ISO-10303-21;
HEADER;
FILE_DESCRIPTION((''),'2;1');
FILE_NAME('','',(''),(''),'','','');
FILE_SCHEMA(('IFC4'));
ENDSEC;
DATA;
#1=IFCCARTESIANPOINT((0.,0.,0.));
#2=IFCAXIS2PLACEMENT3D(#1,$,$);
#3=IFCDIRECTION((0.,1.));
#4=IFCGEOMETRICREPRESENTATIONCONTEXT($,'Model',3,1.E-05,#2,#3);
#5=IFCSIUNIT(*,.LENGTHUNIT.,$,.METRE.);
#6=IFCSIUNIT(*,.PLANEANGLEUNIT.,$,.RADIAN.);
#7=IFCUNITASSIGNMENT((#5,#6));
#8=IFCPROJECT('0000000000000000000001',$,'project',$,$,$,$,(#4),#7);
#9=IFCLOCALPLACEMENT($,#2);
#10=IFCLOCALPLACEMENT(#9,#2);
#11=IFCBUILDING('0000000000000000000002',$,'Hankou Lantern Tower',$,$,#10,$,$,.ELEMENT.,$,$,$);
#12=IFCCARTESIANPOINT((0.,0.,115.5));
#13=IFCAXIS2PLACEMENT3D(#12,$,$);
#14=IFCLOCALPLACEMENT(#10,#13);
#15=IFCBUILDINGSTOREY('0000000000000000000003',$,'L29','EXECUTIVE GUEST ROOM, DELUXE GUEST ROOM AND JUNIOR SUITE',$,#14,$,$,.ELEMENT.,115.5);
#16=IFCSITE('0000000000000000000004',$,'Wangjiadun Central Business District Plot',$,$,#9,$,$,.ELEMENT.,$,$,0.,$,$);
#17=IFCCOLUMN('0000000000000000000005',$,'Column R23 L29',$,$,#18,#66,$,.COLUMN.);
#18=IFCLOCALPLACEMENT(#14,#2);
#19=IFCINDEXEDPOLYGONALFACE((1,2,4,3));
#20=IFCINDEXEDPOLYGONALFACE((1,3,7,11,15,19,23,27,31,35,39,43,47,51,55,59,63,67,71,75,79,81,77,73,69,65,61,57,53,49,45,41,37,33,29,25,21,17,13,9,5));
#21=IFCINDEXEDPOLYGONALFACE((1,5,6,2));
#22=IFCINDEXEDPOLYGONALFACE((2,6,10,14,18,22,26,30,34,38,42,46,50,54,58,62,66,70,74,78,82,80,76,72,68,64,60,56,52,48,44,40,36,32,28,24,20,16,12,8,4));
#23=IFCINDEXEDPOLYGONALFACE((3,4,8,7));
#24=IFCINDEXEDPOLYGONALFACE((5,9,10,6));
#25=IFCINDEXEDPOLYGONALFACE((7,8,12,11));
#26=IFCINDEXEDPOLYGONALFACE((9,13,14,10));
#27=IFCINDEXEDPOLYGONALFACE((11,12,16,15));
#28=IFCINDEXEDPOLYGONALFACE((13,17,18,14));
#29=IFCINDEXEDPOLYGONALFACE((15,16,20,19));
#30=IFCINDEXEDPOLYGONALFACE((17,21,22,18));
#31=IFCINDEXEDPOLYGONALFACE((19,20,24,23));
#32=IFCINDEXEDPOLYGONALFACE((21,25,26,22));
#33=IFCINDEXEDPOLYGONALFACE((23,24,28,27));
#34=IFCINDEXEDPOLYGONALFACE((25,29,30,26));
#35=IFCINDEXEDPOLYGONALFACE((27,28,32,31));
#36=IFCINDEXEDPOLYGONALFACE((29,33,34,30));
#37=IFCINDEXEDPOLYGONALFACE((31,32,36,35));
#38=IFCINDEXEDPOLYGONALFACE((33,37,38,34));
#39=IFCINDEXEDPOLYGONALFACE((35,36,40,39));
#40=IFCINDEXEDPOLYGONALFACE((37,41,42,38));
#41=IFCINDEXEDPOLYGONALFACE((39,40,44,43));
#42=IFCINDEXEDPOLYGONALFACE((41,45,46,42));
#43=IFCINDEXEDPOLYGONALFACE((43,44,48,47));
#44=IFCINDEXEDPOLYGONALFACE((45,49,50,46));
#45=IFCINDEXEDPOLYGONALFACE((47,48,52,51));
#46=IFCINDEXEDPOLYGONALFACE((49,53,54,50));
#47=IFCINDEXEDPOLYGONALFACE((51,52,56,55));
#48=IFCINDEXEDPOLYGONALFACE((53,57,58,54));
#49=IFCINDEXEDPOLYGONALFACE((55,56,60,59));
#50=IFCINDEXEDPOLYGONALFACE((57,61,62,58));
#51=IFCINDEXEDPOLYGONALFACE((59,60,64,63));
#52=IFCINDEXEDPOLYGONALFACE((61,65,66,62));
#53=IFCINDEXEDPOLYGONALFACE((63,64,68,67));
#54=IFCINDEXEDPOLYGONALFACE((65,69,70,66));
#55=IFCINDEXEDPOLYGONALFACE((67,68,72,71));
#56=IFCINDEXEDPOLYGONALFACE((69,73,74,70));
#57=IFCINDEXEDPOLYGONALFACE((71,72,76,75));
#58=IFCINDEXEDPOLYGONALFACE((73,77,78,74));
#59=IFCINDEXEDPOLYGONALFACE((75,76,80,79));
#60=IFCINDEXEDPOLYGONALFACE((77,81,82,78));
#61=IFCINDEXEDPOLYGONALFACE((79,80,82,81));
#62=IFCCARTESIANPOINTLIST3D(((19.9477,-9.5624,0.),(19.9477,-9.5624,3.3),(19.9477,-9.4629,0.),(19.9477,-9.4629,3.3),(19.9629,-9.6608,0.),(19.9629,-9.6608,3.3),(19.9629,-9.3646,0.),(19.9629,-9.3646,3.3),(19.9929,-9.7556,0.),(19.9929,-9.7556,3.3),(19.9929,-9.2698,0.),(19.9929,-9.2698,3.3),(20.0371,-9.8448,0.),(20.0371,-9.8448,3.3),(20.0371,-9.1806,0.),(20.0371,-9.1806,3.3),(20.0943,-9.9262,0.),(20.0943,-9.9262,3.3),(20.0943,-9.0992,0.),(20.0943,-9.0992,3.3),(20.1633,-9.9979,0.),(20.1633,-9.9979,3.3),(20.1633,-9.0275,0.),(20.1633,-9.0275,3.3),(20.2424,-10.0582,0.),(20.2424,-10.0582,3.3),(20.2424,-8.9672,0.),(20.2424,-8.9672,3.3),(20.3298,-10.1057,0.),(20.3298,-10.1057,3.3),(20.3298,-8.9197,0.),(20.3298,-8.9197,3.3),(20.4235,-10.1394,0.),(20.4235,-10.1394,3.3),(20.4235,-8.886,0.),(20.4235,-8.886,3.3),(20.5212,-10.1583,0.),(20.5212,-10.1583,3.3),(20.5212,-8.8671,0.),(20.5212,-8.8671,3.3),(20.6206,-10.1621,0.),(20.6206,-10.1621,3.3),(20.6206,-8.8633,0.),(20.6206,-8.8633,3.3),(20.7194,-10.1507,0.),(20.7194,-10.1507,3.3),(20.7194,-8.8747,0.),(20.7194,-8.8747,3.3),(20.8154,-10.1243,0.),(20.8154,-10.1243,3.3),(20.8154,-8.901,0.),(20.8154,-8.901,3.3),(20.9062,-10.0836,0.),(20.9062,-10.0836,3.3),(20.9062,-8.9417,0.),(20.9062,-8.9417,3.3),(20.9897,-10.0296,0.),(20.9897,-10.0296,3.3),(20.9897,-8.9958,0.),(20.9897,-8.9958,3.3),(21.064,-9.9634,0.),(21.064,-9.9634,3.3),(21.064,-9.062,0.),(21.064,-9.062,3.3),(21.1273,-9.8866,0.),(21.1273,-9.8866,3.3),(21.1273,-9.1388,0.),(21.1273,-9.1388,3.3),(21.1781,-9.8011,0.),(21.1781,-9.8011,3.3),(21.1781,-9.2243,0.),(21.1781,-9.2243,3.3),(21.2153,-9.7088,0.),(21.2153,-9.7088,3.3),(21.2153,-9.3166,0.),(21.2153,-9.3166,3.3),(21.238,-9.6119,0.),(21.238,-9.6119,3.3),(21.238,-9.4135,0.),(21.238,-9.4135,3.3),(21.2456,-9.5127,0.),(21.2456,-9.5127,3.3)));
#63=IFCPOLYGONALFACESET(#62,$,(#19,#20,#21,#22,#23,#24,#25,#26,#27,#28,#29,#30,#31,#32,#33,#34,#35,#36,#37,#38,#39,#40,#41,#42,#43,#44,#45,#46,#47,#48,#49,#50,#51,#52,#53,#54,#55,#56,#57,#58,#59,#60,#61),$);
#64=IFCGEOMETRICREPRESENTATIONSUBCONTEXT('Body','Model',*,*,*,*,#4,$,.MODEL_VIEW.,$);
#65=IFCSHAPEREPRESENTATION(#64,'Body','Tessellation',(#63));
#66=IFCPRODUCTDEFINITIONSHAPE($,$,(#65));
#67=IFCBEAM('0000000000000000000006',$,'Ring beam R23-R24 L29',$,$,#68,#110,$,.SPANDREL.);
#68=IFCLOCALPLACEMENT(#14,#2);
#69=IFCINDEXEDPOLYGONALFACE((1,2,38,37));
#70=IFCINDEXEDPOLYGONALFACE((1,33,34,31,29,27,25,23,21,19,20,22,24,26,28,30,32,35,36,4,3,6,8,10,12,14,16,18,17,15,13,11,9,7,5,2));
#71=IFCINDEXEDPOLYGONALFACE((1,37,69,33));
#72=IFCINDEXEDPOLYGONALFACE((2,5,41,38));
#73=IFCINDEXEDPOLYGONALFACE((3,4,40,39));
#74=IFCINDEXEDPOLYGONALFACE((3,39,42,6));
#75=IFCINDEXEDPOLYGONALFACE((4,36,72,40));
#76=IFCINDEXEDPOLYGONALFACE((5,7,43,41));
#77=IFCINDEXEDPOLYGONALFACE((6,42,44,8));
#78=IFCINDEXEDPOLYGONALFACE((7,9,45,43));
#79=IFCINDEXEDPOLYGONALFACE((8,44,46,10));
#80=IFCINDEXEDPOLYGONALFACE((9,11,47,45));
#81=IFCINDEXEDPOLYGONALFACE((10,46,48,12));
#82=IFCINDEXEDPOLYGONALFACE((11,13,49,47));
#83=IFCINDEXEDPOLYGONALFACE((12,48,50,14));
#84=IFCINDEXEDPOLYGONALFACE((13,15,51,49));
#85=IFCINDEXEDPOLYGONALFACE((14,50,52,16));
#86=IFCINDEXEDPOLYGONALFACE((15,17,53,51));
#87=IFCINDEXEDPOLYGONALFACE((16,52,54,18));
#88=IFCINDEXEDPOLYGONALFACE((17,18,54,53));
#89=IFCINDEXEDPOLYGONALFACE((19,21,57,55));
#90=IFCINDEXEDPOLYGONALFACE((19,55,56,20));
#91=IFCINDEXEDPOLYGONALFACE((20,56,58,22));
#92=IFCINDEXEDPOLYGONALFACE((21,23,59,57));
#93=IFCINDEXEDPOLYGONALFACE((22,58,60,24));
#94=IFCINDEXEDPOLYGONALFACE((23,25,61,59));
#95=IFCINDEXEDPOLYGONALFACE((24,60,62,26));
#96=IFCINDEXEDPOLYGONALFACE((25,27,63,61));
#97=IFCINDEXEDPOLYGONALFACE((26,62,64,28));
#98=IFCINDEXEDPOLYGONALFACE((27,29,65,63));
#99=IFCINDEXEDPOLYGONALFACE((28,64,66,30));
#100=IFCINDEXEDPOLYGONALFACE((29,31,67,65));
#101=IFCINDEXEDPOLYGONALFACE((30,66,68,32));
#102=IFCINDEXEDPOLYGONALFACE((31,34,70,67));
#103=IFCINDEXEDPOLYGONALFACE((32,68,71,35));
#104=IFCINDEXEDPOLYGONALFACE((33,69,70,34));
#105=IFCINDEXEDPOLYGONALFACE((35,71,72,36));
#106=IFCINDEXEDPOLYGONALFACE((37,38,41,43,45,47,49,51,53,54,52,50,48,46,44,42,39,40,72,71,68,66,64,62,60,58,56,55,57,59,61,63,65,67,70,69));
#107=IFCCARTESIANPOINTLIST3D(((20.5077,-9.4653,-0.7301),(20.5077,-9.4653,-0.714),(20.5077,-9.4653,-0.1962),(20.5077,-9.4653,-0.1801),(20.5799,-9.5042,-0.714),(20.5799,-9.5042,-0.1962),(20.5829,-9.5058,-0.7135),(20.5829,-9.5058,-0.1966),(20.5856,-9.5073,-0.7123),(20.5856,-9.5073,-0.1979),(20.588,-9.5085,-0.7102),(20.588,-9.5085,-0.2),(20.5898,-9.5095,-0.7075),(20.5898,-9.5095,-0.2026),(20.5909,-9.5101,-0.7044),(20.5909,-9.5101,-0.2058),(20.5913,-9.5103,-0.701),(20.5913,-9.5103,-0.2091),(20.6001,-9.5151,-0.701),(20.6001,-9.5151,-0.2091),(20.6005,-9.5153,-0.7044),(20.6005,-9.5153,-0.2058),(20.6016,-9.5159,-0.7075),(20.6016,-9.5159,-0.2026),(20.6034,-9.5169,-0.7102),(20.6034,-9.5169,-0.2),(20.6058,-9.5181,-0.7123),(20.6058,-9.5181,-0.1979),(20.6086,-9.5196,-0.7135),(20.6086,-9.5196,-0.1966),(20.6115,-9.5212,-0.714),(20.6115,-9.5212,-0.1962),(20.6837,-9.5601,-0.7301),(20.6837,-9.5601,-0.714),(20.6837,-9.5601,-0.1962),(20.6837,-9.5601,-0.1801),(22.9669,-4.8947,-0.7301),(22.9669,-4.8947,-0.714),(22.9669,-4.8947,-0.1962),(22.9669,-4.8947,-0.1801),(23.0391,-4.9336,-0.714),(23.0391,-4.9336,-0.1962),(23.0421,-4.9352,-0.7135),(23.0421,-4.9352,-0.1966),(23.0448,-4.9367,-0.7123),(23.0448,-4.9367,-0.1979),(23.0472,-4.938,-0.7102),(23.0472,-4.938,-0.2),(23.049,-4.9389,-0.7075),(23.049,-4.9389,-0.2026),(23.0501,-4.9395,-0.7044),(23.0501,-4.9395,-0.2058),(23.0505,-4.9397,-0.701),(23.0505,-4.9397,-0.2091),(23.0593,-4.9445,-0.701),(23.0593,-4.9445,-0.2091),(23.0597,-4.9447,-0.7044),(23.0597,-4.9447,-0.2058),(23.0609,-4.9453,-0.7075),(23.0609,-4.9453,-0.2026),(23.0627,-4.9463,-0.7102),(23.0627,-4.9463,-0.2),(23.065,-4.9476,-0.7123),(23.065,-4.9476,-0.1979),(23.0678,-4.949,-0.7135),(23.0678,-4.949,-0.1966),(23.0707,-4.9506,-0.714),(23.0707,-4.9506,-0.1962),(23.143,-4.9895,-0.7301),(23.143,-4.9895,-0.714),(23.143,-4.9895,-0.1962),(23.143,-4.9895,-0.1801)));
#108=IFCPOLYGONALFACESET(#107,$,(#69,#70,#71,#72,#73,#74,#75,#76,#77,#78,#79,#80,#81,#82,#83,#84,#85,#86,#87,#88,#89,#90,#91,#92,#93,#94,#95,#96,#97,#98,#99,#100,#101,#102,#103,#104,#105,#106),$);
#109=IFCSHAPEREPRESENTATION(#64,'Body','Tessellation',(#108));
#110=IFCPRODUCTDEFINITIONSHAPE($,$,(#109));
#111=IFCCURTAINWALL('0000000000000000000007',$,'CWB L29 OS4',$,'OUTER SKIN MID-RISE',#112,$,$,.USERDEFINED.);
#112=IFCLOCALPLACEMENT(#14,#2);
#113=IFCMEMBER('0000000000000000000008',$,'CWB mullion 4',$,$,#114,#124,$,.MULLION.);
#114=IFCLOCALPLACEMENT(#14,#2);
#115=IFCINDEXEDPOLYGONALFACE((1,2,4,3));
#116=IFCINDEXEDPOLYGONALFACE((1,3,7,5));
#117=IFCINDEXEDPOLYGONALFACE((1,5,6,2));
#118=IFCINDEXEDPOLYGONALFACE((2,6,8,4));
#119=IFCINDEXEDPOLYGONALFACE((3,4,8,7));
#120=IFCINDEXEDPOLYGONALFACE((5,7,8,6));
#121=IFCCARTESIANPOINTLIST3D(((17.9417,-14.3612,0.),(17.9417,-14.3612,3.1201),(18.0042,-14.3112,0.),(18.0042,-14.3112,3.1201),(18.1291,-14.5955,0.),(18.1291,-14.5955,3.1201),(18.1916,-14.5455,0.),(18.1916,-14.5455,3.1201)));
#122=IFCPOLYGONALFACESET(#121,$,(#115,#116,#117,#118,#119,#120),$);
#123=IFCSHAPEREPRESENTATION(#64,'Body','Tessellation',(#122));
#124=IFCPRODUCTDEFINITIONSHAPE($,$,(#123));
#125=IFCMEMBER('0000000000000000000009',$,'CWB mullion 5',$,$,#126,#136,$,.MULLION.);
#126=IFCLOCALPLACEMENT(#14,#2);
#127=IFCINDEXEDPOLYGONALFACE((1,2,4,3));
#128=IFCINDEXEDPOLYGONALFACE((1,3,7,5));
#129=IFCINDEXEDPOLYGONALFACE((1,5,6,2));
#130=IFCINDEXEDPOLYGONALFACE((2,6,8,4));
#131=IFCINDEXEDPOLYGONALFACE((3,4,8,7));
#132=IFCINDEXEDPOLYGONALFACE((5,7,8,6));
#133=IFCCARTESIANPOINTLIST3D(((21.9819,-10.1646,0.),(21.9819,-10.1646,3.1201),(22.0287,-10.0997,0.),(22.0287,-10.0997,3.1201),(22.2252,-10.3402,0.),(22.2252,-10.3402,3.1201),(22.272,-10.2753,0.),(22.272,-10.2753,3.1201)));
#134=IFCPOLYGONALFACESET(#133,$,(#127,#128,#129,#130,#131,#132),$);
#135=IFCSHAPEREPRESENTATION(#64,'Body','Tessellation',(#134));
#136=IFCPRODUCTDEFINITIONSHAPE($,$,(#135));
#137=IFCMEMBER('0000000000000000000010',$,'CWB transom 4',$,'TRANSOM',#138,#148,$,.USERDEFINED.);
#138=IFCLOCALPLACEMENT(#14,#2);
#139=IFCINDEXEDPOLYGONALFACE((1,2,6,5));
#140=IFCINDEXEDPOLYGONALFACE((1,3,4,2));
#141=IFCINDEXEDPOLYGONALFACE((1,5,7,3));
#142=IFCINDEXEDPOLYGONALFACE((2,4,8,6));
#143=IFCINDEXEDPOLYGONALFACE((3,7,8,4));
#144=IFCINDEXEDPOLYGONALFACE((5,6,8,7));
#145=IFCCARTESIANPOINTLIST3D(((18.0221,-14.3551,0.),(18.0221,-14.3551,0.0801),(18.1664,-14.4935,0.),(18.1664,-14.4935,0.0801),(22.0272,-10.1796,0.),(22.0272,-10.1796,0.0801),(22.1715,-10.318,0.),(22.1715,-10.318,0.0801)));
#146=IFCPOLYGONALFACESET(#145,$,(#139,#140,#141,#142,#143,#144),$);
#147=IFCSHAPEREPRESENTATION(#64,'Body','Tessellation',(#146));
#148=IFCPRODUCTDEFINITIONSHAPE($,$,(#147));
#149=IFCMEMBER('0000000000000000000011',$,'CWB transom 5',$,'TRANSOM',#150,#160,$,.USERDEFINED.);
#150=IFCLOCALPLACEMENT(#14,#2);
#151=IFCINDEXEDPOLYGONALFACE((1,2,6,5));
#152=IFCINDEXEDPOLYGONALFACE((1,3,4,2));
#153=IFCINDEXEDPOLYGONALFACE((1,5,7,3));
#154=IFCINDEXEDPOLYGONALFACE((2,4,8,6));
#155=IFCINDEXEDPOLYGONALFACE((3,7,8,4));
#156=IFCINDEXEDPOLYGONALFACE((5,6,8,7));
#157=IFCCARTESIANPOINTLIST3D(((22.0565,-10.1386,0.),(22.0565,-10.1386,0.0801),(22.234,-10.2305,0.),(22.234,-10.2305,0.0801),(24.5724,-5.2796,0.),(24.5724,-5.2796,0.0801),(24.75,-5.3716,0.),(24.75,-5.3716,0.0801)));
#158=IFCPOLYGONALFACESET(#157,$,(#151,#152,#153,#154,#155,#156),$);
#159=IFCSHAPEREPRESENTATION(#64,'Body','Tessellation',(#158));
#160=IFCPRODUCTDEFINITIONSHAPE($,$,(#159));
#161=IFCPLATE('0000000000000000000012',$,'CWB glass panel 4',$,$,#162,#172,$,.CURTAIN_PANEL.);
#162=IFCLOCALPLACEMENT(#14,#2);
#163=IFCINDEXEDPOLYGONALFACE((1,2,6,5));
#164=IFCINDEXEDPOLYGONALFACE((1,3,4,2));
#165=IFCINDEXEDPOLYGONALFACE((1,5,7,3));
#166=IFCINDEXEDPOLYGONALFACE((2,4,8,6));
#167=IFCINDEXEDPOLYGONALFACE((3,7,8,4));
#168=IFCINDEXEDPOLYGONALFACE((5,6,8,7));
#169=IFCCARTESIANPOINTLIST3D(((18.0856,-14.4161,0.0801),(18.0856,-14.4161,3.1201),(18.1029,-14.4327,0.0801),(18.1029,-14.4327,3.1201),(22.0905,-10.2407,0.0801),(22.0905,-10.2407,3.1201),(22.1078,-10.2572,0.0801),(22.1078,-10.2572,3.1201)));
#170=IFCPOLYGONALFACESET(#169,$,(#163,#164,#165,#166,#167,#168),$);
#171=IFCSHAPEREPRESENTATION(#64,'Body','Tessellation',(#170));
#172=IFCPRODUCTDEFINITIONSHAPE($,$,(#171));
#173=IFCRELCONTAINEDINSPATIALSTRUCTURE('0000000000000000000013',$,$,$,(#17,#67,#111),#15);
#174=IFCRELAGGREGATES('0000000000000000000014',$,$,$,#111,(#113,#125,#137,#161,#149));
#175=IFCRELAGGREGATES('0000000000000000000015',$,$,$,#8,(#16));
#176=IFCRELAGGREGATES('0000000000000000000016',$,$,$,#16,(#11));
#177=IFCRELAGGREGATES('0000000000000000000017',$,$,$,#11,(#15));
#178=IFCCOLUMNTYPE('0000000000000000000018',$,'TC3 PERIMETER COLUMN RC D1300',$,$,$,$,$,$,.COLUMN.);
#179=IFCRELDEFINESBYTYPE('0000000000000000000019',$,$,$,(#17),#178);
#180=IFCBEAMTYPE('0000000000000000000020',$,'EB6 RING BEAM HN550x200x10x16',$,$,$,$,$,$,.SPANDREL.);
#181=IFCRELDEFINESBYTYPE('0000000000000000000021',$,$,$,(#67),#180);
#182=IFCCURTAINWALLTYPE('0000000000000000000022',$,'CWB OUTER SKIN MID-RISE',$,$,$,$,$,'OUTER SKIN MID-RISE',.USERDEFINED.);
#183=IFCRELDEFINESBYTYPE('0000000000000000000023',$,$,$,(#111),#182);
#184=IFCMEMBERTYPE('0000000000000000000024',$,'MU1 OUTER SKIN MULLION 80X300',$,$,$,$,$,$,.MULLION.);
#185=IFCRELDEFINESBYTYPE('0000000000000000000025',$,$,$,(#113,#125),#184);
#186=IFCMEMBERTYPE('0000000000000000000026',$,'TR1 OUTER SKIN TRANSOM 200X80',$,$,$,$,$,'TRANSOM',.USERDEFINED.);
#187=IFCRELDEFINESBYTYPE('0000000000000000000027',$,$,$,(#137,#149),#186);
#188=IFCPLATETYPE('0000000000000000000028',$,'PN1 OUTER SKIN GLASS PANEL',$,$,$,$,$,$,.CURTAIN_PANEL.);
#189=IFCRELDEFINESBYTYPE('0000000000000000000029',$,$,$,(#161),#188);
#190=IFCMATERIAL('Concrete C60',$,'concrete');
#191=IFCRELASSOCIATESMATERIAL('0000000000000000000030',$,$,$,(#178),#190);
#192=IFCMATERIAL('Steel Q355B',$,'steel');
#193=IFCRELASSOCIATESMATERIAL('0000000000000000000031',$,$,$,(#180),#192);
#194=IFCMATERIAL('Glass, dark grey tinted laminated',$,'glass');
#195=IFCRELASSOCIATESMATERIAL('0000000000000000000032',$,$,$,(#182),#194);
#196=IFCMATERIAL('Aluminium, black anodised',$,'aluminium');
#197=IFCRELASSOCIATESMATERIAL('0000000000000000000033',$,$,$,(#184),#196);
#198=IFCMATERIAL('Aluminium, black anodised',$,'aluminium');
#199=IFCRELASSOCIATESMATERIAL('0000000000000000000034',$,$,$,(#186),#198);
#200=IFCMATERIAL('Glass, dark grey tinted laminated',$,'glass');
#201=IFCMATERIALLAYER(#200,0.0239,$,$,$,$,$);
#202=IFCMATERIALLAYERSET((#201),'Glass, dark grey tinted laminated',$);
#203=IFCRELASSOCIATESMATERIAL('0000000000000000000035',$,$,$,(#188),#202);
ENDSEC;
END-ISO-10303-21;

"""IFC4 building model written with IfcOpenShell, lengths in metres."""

from ifc_helpers import new_model, si_unit, direction, frame, origin, origin_2d, place, context, subcontext, project, spatial, rectangle, circle, i_section, extrude, material, layer, layer_set, material_profile, profile_set, type_object, element, aggregate, save


model = new_model("IFC4")

# Units and contexts
model_context = context("Model", 3, precision=1e-05, world=origin(), true_north=direction((0.0, 1.0)))
body_context = subcontext(model_context, "Body", "Model", "MODEL_VIEW")
ifc_project = project(units=[si_unit("LENGTHUNIT", "METRE"), si_unit("PLANEANGLEUNIT", "RADIAN")], contexts=[model_context])

# Site, building, storey
site_placement = place(None, origin())
site = spatial("IfcSite", under=ifc_project, at=site_placement, Name="Wangjiadun Central Business District Plot", CompositionType="ELEMENT", RefElevation=0.0)
building_placement = place(site_placement, origin())
building = spatial("IfcBuilding", under=site, at=building_placement, Name="Hankou Lantern Tower", CompositionType="ELEMENT")
storey_placement = place(building_placement, frame((0.0, 0.0, 115.5)))
storey = spatial("IfcBuildingStorey", under=building, at=storey_placement, Name="L29", Description="EXECUTIVE GUEST ROOM, DELUXE GUEST ROOM AND JUNIOR SUITE", CompositionType="ELEMENT", Elevation=115.5)

# Column
ifc_material_1 = material(Name="Concrete C60", Category="concrete")
ifc_material_profile_1 = material_profile(ifc_material_1, circle(Radius=0.6499, at=origin_2d()), Name="RC D1300")
ifc_profile_set_1 = profile_set([ifc_material_profile_1], Name="Concrete C60")
column_type = type_object("IfcColumnType", Name="TC3 PERIMETER COLUMN RC D1300", PredefinedType="COLUMN", material=ifc_profile_set_1)
column_placement = place(storey_placement, frame((20.5957, -9.5127, 0.0), z_axis=(0.0, 0.0, 1.0), x_axis=(1.0, 0.0, 0.0)))
element("IfcColumn", 1, at=column_placement, inside=storey, type_object=column_type, Name="Column R23 L29", PredefinedType="COLUMN", context=body_context, shape_type="SweptSolid", body=[
    extrude(circle(Radius=0.6499, at=origin_2d()), origin(), (0.0, 0.0, 1.0), 3.3),
])

# Beam
ifc_material_2 = material(Name="Steel Q355B", Category="steel")
ifc_material_profile_2 = material_profile(ifc_material_2, i_section(OverallWidth=0.2, OverallDepth=0.55, WebThickness=0.01, FlangeThickness=0.0161, FilletRadius=0.0129, at=origin_2d()), Name="HN550x200x10x16")
ifc_profile_set_2 = profile_set([ifc_material_profile_2], Name="Steel Q355B")
beam_type = type_object("IfcBeamType", Name="EB6 RING BEAM HN550x200x10x16", PredefinedType="SPANDREL", material=ifc_profile_set_2)
beam_placement = place(storey_placement, frame((20.5957, -9.5127, -0.4551), z_axis=(0.473825, 0.880619, 0.0), x_axis=(-0.880619, 0.473825, 0.0)))
element("IfcBeam", 2, at=beam_placement, inside=storey, type_object=beam_type, Name="Ring beam R23-R24 L29", PredefinedType="SPANDREL", context=body_context, shape_type="SweptSolid", body=[
    extrude(i_section(OverallWidth=0.2, OverallDepth=0.55, WebThickness=0.01, FlangeThickness=0.0161, FilletRadius=0.0129, at=origin_2d()), origin(), (0.0, 0.0, 1.0), 5.1902),
])

# Curtain wall, members, plate
ifc_material_3 = material(Name="Glass, dark grey tinted laminated", Category="glass")
curtain_wall_type = type_object("IfcCurtainWallType", Name="CWB OUTER SKIN MID-RISE", ElementType="OUTER SKIN MID-RISE", PredefinedType="USERDEFINED", material=ifc_material_3)
curtain_wall_placement = place(storey_placement, origin())
curtain_wall = element("IfcCurtainWall", 3, at=curtain_wall_placement, inside=storey, type_object=curtain_wall_type, Name="CWB L29 OS4", ObjectType="OUTER SKIN MID-RISE", PredefinedType="USERDEFINED")
ifc_material_4 = material(Name="Aluminium, black anodised", Category="aluminium")
ifc_material_profile_3 = material_profile(ifc_material_4, rectangle(XDim=0.0801, YDim=0.3, at=origin_2d()), Name="MU1 80X300")
ifc_profile_set_3 = profile_set([ifc_material_profile_3], Name="Aluminium, black anodised")
member_type_1 = type_object("IfcMemberType", Name="MU1 OUTER SKIN MULLION 80X300", PredefinedType="MULLION", material=ifc_profile_set_3)
member_1_placement = place(storey_placement, frame((18.0667, -14.4534, 0.0), z_axis=(0.0, 0.0, 1.0), x_axis=(0.780869, 0.624695, 0.0)))
member_1 = element("IfcMember", 4, at=member_1_placement, type_object=member_type_1, Name="CWB mullion 4", PredefinedType="MULLION", context=body_context, shape_type="SweptSolid", body=[
    extrude(rectangle(XDim=0.0801, YDim=0.3, at=origin_2d()), origin(), (0.0, 0.0, 1.0), 3.1201),
])
member_2_placement = place(storey_placement, frame((22.127, -10.22, 0.0), z_axis=(0.0, 0.0, 1.0), x_axis=(0.585206, 0.810885, 0.0)))
member_2 = element("IfcMember", 5, at=member_2_placement, type_object=member_type_1, Name="CWB mullion 5", PredefinedType="MULLION", context=body_context, shape_type="SweptSolid", body=[
    extrude(rectangle(XDim=0.0801, YDim=0.3, at=origin_2d()), origin(), (0.0, 0.0, 1.0), 3.1201),
])
ifc_material_5 = material(Name="Aluminium, black anodised", Category="aluminium")
ifc_material_profile_4 = material_profile(ifc_material_5, rectangle(XDim=0.2, YDim=0.0801, at=origin_2d()), Name="TR1 200X80")
ifc_profile_set_4 = profile_set([ifc_material_profile_4], Name="Aluminium, black anodised")
member_type_2 = type_object("IfcMemberType", Name="TR1 OUTER SKIN TRANSOM 200X80", ElementType="TRANSOM", PredefinedType="USERDEFINED", material=ifc_profile_set_4)
member_3_placement = place(storey_placement, frame((18.0942, -14.4243, 0.04), z_axis=(0.692227, 0.72168, 0.0), x_axis=(-0.72168, 0.692227, 0.0)))
member_3 = element("IfcMember", 6, at=member_3_placement, type_object=member_type_2, Name="CWB transom 4", ObjectType="TRANSOM", PredefinedType="USERDEFINED", context=body_context, shape_type="SweptSolid", body=[
    extrude(rectangle(XDim=0.2, YDim=0.0801, at=origin_2d()), origin(), (0.0, 0.0, 1.0), 5.7859),
])
member_4_placement = place(storey_placement, frame((22.1453, -10.1846, 0.04), z_axis=(0.459805, 0.88802, 0.0), x_axis=(-0.88802, 0.459805, 0.0)))
member_4 = element("IfcMember", 7, at=member_4_placement, type_object=member_type_2, Name="CWB transom 5", ObjectType="TRANSOM", PredefinedType="USERDEFINED", context=body_context, shape_type="SweptSolid", body=[
    extrude(rectangle(XDim=0.2, YDim=0.0801, at=origin_2d()), origin(), (0.0, 0.0, 1.0), 5.4717),
])
ifc_material_6 = material(Name="Glass, dark grey tinted laminated", Category="glass")
ifc_layer_1 = layer(ifc_material_6, 0.0239)
ifc_layer_set_1 = layer_set([ifc_layer_1], Name="Glass, dark grey tinted laminated")
plate_type = type_object("IfcPlateType", Name="PN1 OUTER SKIN GLASS PANEL", PredefinedType="CURTAIN_PANEL", material=ifc_layer_set_1)
plate_placement = place(storey_placement, frame((20.0967, -12.3367, 0.0801), z_axis=(0.0, 0.0, 1.0), x_axis=(0.692216, 0.721691, 0.0)))
plate = element("IfcPlate", 8, at=plate_placement, type_object=plate_type, Name="CWB glass panel 4", PredefinedType="CURTAIN_PANEL", context=body_context, shape_type="SweptSolid", body=[
    extrude(rectangle(XDim=5.7856, YDim=0.0239, at=origin_2d()), origin(), (0.0, 0.0, 1.0), 3.04),
])
aggregate(curtain_wall, [member_1, member_2, member_3, plate, member_4])

save(model, "model.ifc")
